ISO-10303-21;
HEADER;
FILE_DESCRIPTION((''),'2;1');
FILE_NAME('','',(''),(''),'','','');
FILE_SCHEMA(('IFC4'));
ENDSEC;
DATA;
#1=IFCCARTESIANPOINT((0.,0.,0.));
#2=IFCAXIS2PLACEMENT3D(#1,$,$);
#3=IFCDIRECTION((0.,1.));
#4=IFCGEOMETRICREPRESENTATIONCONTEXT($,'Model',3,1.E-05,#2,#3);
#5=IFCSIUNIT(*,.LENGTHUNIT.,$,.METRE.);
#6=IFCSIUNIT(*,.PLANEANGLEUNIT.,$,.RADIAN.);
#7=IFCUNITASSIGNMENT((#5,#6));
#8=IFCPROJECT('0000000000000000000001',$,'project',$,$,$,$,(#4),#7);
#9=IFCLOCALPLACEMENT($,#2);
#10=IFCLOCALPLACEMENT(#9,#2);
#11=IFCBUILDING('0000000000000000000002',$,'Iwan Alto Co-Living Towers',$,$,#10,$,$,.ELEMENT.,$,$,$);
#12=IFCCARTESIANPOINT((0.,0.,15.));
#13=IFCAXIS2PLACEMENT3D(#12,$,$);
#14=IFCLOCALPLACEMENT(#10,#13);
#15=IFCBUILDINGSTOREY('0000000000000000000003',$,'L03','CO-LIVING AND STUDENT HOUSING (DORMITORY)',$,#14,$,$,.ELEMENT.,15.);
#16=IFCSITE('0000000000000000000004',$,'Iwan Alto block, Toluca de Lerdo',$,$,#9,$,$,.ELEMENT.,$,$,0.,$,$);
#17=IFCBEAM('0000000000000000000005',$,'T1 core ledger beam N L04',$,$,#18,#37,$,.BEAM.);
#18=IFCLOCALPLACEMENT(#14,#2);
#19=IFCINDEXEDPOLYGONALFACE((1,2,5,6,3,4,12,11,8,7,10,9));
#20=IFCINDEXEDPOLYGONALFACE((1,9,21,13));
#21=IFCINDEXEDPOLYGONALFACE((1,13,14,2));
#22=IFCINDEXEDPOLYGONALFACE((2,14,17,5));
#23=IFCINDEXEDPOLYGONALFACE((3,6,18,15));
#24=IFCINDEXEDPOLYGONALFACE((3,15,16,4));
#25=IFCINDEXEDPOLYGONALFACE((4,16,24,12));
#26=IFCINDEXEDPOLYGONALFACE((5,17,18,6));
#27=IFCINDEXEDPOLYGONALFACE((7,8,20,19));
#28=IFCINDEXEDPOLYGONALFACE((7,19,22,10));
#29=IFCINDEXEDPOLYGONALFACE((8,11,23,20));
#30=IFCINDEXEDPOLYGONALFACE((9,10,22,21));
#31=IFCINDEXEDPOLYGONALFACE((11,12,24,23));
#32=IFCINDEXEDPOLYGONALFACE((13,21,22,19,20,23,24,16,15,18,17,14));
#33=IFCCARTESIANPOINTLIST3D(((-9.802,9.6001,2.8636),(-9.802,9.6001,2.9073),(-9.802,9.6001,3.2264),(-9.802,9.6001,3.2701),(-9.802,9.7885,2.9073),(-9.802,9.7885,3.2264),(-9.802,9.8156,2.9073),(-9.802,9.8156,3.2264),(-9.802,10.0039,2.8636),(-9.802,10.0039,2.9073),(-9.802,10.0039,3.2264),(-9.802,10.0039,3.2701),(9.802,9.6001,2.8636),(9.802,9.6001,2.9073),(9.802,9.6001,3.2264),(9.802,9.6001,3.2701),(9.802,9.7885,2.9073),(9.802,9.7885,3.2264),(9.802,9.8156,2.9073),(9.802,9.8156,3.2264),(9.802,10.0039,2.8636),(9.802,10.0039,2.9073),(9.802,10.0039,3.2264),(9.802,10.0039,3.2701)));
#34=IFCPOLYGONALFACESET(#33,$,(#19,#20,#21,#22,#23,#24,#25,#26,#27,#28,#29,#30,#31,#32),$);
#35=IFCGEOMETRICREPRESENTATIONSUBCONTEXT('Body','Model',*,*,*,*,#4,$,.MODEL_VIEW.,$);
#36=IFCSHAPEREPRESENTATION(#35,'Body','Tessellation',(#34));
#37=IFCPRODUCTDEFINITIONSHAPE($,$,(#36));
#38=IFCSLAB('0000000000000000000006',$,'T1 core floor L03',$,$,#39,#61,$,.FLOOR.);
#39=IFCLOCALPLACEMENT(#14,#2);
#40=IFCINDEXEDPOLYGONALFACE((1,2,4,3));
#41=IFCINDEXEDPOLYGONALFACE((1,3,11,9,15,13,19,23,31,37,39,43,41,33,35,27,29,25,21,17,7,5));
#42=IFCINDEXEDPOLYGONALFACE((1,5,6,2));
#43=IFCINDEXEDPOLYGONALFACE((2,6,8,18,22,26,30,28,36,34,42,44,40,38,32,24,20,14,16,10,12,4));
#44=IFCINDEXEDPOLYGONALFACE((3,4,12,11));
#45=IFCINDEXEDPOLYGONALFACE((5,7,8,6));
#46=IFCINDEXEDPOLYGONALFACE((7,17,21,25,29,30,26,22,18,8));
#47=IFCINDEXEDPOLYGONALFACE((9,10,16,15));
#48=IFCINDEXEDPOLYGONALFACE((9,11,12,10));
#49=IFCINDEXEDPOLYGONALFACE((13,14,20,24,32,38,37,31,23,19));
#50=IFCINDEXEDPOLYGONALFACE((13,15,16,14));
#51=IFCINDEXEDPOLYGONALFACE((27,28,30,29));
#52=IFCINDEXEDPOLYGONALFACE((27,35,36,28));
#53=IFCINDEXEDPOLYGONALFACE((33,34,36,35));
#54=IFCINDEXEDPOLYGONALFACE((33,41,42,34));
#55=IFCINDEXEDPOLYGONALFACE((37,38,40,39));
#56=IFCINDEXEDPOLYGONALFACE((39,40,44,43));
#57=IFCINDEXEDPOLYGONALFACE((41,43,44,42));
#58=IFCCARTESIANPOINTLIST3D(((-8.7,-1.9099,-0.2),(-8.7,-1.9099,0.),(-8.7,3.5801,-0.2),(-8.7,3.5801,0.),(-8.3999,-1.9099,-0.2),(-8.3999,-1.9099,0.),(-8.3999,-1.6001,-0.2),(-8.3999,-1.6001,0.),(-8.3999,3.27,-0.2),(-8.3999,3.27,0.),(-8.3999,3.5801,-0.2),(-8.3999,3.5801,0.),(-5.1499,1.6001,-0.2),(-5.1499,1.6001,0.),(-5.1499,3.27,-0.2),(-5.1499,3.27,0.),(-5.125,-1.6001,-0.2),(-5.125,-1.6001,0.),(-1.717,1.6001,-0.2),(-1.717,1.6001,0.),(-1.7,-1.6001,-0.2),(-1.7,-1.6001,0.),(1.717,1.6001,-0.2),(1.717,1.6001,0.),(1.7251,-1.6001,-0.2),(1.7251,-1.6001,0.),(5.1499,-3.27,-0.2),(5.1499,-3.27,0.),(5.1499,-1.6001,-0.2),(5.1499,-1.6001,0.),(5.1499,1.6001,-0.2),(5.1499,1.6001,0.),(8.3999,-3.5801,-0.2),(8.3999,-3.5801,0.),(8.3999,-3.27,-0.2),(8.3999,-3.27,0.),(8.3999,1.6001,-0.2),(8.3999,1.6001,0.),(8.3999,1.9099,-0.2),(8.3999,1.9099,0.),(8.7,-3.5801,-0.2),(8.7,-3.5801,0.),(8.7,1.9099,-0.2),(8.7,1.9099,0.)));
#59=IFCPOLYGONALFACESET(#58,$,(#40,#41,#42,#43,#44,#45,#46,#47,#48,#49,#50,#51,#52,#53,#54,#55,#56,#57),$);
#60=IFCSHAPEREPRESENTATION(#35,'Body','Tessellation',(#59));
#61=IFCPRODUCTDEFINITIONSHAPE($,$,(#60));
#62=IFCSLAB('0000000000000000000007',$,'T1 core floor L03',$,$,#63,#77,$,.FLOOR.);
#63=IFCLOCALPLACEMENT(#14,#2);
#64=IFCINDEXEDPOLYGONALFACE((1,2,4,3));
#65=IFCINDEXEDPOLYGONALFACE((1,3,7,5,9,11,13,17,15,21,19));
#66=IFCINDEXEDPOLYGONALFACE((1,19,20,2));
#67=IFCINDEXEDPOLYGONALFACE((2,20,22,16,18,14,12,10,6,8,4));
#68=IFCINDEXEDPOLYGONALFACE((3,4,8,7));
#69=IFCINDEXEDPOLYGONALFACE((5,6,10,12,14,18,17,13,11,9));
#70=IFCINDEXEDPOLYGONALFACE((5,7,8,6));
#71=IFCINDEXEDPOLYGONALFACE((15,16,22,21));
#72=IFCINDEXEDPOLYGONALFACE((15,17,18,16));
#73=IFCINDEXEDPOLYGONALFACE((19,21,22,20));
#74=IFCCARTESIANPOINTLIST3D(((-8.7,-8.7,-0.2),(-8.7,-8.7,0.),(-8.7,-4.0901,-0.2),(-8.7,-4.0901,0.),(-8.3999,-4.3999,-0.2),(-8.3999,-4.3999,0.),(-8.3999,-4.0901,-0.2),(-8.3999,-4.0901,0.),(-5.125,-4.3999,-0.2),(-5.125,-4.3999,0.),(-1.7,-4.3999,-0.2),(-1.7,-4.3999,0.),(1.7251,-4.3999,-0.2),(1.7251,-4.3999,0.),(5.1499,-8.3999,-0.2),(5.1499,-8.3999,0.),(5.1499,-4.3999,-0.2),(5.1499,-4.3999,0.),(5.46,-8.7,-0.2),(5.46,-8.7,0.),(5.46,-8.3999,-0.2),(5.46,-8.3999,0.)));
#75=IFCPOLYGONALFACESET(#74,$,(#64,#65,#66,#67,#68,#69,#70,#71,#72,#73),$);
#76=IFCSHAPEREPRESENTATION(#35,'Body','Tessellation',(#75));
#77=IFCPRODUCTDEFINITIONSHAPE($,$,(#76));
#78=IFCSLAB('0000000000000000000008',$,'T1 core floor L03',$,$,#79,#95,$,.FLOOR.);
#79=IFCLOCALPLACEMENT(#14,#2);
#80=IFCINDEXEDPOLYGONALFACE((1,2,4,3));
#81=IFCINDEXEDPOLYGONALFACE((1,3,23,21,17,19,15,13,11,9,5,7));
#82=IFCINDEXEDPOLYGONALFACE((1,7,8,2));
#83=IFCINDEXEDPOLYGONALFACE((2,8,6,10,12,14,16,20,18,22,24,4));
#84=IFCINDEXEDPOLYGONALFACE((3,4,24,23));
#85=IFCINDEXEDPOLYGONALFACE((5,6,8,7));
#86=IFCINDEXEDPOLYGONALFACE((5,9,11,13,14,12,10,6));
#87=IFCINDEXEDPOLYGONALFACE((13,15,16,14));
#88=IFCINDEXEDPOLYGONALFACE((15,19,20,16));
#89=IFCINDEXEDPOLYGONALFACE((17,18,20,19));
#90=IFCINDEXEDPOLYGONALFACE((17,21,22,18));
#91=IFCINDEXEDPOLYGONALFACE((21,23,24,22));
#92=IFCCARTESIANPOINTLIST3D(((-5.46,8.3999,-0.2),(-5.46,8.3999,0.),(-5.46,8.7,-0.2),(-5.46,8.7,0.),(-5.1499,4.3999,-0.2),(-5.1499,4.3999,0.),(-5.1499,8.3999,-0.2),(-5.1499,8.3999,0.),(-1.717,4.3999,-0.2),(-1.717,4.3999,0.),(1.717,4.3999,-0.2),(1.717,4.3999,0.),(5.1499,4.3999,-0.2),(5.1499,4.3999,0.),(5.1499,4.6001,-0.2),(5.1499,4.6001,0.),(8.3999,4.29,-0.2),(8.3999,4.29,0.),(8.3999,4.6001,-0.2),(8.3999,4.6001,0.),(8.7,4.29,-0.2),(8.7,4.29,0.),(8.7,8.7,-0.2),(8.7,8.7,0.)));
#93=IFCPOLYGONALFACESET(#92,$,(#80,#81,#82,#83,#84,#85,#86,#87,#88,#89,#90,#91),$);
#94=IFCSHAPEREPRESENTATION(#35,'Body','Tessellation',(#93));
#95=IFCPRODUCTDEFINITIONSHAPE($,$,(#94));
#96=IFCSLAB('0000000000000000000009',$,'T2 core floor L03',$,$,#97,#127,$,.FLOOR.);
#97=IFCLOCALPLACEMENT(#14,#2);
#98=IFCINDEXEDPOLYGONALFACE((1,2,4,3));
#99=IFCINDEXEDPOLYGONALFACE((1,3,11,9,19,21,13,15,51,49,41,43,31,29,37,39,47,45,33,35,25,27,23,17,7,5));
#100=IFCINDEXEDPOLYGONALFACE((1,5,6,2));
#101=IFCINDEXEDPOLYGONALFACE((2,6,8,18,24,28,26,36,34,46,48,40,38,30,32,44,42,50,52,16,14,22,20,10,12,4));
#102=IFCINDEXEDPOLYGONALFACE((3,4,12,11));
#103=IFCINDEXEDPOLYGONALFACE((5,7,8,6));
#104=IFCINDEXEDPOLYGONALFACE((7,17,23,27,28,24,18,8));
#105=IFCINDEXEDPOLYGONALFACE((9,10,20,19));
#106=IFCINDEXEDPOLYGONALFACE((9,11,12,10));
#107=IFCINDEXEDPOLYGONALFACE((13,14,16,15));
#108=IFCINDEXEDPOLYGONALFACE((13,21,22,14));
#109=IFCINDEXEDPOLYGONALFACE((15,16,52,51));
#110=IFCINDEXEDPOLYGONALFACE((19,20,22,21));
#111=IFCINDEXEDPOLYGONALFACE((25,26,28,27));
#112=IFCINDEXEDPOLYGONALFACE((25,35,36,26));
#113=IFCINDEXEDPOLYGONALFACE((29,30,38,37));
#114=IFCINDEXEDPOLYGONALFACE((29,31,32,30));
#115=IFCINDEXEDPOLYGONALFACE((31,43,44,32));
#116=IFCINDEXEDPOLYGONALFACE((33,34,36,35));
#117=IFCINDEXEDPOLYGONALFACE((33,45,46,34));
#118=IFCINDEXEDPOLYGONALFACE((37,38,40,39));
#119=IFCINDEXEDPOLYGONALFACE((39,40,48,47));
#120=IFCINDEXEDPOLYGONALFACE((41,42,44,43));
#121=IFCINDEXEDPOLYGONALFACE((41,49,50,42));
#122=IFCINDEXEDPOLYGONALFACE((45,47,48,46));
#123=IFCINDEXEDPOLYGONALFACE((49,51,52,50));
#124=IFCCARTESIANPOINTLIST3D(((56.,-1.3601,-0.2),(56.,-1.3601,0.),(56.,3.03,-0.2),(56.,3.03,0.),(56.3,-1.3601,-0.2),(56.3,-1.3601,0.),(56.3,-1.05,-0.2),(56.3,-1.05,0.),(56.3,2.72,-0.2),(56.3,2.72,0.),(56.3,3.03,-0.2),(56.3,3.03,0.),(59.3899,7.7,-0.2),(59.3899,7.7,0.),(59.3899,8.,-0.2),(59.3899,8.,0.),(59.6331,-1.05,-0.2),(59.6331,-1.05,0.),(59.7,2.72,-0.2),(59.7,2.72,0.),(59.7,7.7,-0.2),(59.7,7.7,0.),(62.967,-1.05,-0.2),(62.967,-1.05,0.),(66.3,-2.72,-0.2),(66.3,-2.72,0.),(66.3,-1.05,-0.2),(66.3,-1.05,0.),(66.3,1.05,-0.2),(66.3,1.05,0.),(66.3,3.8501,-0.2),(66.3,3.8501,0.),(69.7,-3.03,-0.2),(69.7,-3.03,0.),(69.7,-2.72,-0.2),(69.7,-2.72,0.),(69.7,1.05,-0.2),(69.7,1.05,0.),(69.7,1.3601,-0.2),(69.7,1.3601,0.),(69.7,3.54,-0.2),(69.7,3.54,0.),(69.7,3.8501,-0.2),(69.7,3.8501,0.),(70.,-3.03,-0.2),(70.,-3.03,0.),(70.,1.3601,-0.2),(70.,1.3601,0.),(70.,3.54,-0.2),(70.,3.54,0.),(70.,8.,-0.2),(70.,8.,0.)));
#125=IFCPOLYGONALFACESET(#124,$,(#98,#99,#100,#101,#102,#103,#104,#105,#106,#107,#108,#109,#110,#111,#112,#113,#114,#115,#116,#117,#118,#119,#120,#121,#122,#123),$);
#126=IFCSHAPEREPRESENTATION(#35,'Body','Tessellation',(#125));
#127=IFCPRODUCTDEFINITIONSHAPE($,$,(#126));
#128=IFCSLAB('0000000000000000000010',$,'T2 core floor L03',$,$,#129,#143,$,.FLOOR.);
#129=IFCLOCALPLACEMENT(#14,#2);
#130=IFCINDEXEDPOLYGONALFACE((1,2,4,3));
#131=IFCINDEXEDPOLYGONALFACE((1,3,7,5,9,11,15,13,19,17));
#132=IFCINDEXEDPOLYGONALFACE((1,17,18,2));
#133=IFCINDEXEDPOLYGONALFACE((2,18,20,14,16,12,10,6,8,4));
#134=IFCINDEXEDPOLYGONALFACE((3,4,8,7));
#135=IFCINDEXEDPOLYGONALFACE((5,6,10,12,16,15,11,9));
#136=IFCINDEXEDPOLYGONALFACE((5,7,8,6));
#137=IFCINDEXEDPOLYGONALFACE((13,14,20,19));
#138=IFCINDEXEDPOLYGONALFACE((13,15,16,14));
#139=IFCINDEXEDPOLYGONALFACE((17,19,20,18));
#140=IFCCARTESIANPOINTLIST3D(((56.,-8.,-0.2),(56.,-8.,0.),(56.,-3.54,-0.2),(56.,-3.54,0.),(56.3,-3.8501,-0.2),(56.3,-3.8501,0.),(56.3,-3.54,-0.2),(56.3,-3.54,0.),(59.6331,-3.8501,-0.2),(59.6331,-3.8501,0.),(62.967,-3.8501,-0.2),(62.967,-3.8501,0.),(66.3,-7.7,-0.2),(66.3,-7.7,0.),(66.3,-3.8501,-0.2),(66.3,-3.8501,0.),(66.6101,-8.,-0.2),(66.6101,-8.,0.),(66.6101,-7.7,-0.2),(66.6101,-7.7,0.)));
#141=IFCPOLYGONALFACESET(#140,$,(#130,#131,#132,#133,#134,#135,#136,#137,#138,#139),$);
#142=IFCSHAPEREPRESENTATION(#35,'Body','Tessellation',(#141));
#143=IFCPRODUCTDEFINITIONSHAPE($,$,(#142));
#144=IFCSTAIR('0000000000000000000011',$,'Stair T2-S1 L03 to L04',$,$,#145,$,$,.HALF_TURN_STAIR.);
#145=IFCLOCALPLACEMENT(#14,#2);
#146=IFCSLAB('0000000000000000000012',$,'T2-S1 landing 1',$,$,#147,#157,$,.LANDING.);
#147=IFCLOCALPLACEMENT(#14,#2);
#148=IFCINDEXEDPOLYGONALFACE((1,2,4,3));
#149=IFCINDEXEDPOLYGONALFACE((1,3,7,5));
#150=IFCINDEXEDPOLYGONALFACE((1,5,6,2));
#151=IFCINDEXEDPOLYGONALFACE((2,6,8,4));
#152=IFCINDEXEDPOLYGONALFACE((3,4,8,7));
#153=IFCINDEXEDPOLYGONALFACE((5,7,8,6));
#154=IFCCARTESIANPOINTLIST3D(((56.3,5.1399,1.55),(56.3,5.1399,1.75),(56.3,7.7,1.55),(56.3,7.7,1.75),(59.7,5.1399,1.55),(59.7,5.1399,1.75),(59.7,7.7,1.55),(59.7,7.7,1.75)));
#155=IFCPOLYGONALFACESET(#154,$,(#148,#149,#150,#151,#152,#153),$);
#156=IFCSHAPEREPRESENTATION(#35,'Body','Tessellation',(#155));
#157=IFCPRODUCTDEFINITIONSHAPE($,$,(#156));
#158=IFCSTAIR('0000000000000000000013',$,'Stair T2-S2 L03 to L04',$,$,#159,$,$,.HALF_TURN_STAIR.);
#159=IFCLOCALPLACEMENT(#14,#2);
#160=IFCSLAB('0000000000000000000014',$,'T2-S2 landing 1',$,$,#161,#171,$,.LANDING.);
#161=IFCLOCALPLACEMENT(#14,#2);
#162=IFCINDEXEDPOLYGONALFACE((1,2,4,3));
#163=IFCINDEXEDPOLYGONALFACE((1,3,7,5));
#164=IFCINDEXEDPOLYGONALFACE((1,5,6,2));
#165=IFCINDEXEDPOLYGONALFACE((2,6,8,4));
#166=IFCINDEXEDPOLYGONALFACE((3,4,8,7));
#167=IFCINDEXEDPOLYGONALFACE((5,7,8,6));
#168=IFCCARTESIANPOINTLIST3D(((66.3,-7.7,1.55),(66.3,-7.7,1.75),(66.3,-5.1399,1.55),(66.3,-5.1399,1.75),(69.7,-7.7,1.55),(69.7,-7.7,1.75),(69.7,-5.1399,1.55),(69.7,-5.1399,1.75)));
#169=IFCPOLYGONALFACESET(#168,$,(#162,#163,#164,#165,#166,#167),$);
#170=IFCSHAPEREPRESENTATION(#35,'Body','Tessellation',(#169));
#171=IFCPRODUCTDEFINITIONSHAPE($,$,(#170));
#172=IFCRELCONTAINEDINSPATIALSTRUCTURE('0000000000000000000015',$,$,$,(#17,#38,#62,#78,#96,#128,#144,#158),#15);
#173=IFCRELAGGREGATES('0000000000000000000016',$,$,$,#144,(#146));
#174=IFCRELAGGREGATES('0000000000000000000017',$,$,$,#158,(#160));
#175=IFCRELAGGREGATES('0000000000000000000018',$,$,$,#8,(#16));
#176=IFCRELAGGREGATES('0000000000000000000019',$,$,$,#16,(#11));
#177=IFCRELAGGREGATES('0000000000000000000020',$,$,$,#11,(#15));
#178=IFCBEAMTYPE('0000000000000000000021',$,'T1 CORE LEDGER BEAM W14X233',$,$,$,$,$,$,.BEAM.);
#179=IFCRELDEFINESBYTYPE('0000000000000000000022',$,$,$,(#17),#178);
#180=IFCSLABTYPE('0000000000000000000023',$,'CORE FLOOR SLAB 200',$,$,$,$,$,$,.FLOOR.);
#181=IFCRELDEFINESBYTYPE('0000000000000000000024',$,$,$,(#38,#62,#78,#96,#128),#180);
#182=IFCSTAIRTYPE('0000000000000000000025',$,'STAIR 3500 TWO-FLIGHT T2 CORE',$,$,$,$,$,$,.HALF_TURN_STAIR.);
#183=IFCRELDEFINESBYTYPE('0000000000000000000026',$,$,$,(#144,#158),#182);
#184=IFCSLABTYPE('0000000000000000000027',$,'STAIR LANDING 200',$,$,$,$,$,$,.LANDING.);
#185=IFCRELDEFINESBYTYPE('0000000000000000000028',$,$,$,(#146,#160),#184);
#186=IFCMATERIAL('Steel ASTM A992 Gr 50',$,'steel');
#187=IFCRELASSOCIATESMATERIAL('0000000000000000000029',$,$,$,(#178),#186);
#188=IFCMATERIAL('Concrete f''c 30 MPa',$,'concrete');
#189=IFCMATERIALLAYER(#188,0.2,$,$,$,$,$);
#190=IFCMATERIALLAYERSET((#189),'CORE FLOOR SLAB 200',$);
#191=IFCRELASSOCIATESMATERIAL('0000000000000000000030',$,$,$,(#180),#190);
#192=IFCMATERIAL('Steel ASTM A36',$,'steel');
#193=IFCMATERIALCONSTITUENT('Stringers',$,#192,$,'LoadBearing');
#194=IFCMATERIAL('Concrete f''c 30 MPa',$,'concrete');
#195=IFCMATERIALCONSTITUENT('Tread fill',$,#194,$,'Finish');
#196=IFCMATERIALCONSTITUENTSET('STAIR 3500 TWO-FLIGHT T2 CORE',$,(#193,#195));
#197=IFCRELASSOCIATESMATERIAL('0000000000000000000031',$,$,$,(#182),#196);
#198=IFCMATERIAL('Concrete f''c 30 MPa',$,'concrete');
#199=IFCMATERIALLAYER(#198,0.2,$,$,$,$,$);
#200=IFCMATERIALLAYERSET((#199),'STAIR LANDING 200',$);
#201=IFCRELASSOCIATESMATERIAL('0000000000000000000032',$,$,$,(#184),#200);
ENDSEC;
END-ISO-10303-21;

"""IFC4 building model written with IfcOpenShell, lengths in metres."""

from ifc_helpers import new_model, si_unit, direction, frame, origin, origin_2d, place, context, subcontext, project, spatial, polyline, i_section, outline, extrude, material, layer, layer_set, constituent, constituent_set, material_profile, profile_set, type_object, element, aggregate, save


model = new_model("IFC4")

# Units and contexts
model_context = context("Model", 3, precision=1e-05, world=origin(), true_north=direction((0.0, 1.0)))
body_context = subcontext(model_context, "Body", "Model", "MODEL_VIEW")
ifc_project = project(units=[si_unit("LENGTHUNIT", "METRE"), si_unit("PLANEANGLEUNIT", "RADIAN")], contexts=[model_context])

# Site, building, storey
site_placement = place(None, origin())
site = spatial("IfcSite", under=ifc_project, at=site_placement, Name="Iwan Alto block, Toluca de Lerdo", CompositionType="ELEMENT", RefElevation=0.0)
building_placement = place(site_placement, origin())
building = spatial("IfcBuilding", under=site, at=building_placement, Name="Iwan Alto Co-Living Towers", CompositionType="ELEMENT")
storey_placement = place(building_placement, frame((0.0, 0.0, 15.0)))
storey = spatial("IfcBuildingStorey", under=building, at=storey_placement, Name="L03", Description="CO-LIVING AND STUDENT HOUSING (DORMITORY)", CompositionType="ELEMENT", Elevation=15.0)

# Beam
ifc_material_1 = material(Name="Steel ASTM A992 Gr 50", Category="steel")
ifc_material_profile = material_profile(ifc_material_1, i_section(OverallWidth=0.4038, OverallDepth=0.4065, WebThickness=0.0271, FlangeThickness=0.0437, at=origin_2d()), Name="W14X233")
ifc_profile_set = profile_set([ifc_material_profile], Name="Steel ASTM A992 Gr 50")
beam_type = type_object("IfcBeamType", Name="T1 CORE LEDGER BEAM W14X233", PredefinedType="BEAM", material=ifc_profile_set)
beam_placement = place(storey_placement, frame((9.802, 9.802, 3.0669), z_axis=(-1.0, 0.0, 0.0), x_axis=(0.0, -1.0, 0.0)))
element("IfcBeam", 1, at=beam_placement, inside=storey, type_object=beam_type, Name="T1 core ledger beam N L04", PredefinedType="BEAM", context=body_context, shape_type="SweptSolid", body=[
    extrude(i_section(OverallWidth=0.4038, OverallDepth=0.4065, WebThickness=0.0271, FlangeThickness=0.0437, at=origin_2d()), origin(), (0.0, 0.0, 1.0), 19.604),
])

# Slabs
ifc_material_2 = material(Name="Concrete f'c 30 MPa", Category="concrete")
ifc_layer_1 = layer(ifc_material_2, 0.2)
ifc_layer_set_1 = layer_set([ifc_layer_1], Name="CORE FLOOR SLAB 200")
slab_type_1 = type_object("IfcSlabType", Name="CORE FLOOR SLAB 200", PredefinedType="FLOOR", material=ifc_layer_set_1)
slab_1_placement = place(storey_placement, frame((0.0, 0.0, -0.2)))
element("IfcSlab", 2, at=slab_1_placement, inside=storey, type_object=slab_type_1, Name="T1 core floor L03", PredefinedType="FLOOR", context=body_context, shape_type="SweptSolid", body=[
    extrude(outline(polyline([(8.7, -3.5801), (8.3999, -3.5801), (8.3999, -3.27), (5.1499, -3.27), (5.1499, -1.6001), (1.7251, -1.6001), (-1.7, -1.6001), (-5.125, -1.6001), (-8.3999, -1.6001), (-8.3999, -1.9099), (-8.7, -1.9099), (-8.7, 3.5801), (-8.3999, 3.5801), (-8.3999, 3.27), (-5.1499, 3.27), (-5.1499, 1.6001), (-1.717, 1.6001), (1.717, 1.6001), (5.1499, 1.6001), (8.3999, 1.6001), (8.3999, 1.9099), (8.7, 1.9099), (8.7, -3.5801)])), origin(), (0.0, 0.0, 1.0), 0.2),
])
slab_2_placement = place(storey_placement, frame((0.0, 0.0, -0.2)))
element("IfcSlab", 3, at=slab_2_placement, inside=storey, type_object=slab_type_1, Name="T1 core floor L03", PredefinedType="FLOOR", context=body_context, shape_type="SweptSolid", body=[
    extrude(outline(polyline([(-1.7, -4.3999), (1.7251, -4.3999), (5.1499, -4.3999), (5.1499, -8.3999), (5.46, -8.3999), (5.46, -8.7), (-8.7, -8.7), (-8.7, -4.0901), (-8.3999, -4.0901), (-8.3999, -4.3999), (-5.125, -4.3999), (-1.7, -4.3999)])), origin(), (0.0, 0.0, 1.0), 0.2),
])
slab_3_placement = place(storey_placement, frame((0.0, 0.0, -0.2)))
element("IfcSlab", 4, at=slab_3_placement, inside=storey, type_object=slab_type_1, Name="T1 core floor L03", PredefinedType="FLOOR", context=body_context, shape_type="SweptSolid", body=[
    extrude(outline(polyline([(1.717, 4.3999), (-1.717, 4.3999), (-5.1499, 4.3999), (-5.1499, 8.3999), (-5.46, 8.3999), (-5.46, 8.7), (8.7, 8.7), (8.7, 4.29), (8.3999, 4.29), (8.3999, 4.6001), (5.1499, 4.6001), (5.1499, 4.3999), (1.717, 4.3999)])), origin(), (0.0, 0.0, 1.0), 0.2),
])
slab_4_placement = place(storey_placement, frame((0.0, 0.0, -0.2)))
element("IfcSlab", 5, at=slab_4_placement, inside=storey, type_object=slab_type_1, Name="T2 core floor L03", PredefinedType="FLOOR", context=body_context, shape_type="SweptSolid", body=[
    extrude(outline(polyline([(70.0, -3.03), (69.7, -3.03), (69.7, -2.72), (66.3, -2.72), (66.3, -1.05), (62.967, -1.05), (59.6331, -1.05), (56.3, -1.05), (56.3, -1.3601), (56.0, -1.3601), (56.0, 3.03), (56.3, 3.03), (56.3, 2.72), (59.7, 2.72), (59.7, 7.7), (59.3899, 7.7), (59.3899, 8.0), (70.0, 8.0), (70.0, 3.54), (69.7, 3.54), (69.7, 3.8501), (66.3, 3.8501), (66.3, 1.05), (69.7, 1.05), (69.7, 1.3601), (70.0, 1.3601), (70.0, -3.03)])), origin(), (0.0, 0.0, 1.0), 0.2),
])
slab_5_placement = place(storey_placement, frame((0.0, 0.0, -0.2)))
element("IfcSlab", 6, at=slab_5_placement, inside=storey, type_object=slab_type_1, Name="T2 core floor L03", PredefinedType="FLOOR", context=body_context, shape_type="SweptSolid", body=[
    extrude(outline(polyline([(62.967, -3.8501), (66.3, -3.8501), (66.3, -7.7), (66.6101, -7.7), (66.6101, -8.0), (56.0, -8.0), (56.0, -3.54), (56.3, -3.54), (56.3, -3.8501), (59.6331, -3.8501), (62.967, -3.8501)])), origin(), (0.0, 0.0, 1.0), 0.2),
])

# Stairs, slabs
ifc_material_3 = material(Name="Steel ASTM A36", Category="steel")
ifc_constituent_1 = constituent(ifc_material_3, Name="Stringers", Category="LoadBearing")
ifc_material_4 = material(Name="Concrete f'c 30 MPa", Category="concrete")
ifc_constituent_2 = constituent(ifc_material_4, Name="Tread fill", Category="Finish")
ifc_constituent_set = constituent_set(constituents=[ifc_constituent_1, ifc_constituent_2], Name="STAIR 3500 TWO-FLIGHT T2 CORE")
stair_type = type_object("IfcStairType", Name="STAIR 3500 TWO-FLIGHT T2 CORE", PredefinedType="HALF_TURN_STAIR", material=ifc_constituent_set)
stair_1_placement = place(storey_placement, origin())
stair_1 = element("IfcStair", 7, at=stair_1_placement, inside=storey, type_object=stair_type, Name="Stair T2-S1 L03 to L04", PredefinedType="HALF_TURN_STAIR")
ifc_material_5 = material(Name="Concrete f'c 30 MPa", Category="concrete")
ifc_layer_2 = layer(ifc_material_5, 0.2)
ifc_layer_set_2 = layer_set([ifc_layer_2], Name="STAIR LANDING 200")
slab_type_2 = type_object("IfcSlabType", Name="STAIR LANDING 200", PredefinedType="LANDING", material=ifc_layer_set_2)
slab_6_placement = place(storey_placement, frame((0.0, 0.0, 1.55)))
slab_6 = element("IfcSlab", 8, at=slab_6_placement, type_object=slab_type_2, Name="T2-S1 landing 1", PredefinedType="LANDING", context=body_context, shape_type="SweptSolid", body=[
    extrude(outline(polyline([(56.3, 5.1399), (56.3, 7.7), (59.7, 7.7), (59.7, 5.1399), (56.3, 5.1399)])), origin(), (0.0, 0.0, 1.0), 0.2),
])
aggregate(stair_1, [slab_6])
stair_2_placement = place(storey_placement, origin())
stair_2 = element("IfcStair", 9, at=stair_2_placement, inside=storey, type_object=stair_type, Name="Stair T2-S2 L03 to L04", PredefinedType="HALF_TURN_STAIR")
slab_7_placement = place(storey_placement, frame((0.0, 0.0, 1.55)))
slab_7 = element("IfcSlab", 10, at=slab_7_placement, type_object=slab_type_2, Name="T2-S2 landing 1", PredefinedType="LANDING", context=body_context, shape_type="SweptSolid", body=[
    extrude(outline(polyline([(66.3, -5.1399), (66.3, -7.7), (69.7, -7.7), (69.7, -5.1399), (66.3, -5.1399)])), origin(), (0.0, 0.0, 1.0), 0.2),
])
aggregate(stair_2, [slab_7])

save(model, "model.ifc")
